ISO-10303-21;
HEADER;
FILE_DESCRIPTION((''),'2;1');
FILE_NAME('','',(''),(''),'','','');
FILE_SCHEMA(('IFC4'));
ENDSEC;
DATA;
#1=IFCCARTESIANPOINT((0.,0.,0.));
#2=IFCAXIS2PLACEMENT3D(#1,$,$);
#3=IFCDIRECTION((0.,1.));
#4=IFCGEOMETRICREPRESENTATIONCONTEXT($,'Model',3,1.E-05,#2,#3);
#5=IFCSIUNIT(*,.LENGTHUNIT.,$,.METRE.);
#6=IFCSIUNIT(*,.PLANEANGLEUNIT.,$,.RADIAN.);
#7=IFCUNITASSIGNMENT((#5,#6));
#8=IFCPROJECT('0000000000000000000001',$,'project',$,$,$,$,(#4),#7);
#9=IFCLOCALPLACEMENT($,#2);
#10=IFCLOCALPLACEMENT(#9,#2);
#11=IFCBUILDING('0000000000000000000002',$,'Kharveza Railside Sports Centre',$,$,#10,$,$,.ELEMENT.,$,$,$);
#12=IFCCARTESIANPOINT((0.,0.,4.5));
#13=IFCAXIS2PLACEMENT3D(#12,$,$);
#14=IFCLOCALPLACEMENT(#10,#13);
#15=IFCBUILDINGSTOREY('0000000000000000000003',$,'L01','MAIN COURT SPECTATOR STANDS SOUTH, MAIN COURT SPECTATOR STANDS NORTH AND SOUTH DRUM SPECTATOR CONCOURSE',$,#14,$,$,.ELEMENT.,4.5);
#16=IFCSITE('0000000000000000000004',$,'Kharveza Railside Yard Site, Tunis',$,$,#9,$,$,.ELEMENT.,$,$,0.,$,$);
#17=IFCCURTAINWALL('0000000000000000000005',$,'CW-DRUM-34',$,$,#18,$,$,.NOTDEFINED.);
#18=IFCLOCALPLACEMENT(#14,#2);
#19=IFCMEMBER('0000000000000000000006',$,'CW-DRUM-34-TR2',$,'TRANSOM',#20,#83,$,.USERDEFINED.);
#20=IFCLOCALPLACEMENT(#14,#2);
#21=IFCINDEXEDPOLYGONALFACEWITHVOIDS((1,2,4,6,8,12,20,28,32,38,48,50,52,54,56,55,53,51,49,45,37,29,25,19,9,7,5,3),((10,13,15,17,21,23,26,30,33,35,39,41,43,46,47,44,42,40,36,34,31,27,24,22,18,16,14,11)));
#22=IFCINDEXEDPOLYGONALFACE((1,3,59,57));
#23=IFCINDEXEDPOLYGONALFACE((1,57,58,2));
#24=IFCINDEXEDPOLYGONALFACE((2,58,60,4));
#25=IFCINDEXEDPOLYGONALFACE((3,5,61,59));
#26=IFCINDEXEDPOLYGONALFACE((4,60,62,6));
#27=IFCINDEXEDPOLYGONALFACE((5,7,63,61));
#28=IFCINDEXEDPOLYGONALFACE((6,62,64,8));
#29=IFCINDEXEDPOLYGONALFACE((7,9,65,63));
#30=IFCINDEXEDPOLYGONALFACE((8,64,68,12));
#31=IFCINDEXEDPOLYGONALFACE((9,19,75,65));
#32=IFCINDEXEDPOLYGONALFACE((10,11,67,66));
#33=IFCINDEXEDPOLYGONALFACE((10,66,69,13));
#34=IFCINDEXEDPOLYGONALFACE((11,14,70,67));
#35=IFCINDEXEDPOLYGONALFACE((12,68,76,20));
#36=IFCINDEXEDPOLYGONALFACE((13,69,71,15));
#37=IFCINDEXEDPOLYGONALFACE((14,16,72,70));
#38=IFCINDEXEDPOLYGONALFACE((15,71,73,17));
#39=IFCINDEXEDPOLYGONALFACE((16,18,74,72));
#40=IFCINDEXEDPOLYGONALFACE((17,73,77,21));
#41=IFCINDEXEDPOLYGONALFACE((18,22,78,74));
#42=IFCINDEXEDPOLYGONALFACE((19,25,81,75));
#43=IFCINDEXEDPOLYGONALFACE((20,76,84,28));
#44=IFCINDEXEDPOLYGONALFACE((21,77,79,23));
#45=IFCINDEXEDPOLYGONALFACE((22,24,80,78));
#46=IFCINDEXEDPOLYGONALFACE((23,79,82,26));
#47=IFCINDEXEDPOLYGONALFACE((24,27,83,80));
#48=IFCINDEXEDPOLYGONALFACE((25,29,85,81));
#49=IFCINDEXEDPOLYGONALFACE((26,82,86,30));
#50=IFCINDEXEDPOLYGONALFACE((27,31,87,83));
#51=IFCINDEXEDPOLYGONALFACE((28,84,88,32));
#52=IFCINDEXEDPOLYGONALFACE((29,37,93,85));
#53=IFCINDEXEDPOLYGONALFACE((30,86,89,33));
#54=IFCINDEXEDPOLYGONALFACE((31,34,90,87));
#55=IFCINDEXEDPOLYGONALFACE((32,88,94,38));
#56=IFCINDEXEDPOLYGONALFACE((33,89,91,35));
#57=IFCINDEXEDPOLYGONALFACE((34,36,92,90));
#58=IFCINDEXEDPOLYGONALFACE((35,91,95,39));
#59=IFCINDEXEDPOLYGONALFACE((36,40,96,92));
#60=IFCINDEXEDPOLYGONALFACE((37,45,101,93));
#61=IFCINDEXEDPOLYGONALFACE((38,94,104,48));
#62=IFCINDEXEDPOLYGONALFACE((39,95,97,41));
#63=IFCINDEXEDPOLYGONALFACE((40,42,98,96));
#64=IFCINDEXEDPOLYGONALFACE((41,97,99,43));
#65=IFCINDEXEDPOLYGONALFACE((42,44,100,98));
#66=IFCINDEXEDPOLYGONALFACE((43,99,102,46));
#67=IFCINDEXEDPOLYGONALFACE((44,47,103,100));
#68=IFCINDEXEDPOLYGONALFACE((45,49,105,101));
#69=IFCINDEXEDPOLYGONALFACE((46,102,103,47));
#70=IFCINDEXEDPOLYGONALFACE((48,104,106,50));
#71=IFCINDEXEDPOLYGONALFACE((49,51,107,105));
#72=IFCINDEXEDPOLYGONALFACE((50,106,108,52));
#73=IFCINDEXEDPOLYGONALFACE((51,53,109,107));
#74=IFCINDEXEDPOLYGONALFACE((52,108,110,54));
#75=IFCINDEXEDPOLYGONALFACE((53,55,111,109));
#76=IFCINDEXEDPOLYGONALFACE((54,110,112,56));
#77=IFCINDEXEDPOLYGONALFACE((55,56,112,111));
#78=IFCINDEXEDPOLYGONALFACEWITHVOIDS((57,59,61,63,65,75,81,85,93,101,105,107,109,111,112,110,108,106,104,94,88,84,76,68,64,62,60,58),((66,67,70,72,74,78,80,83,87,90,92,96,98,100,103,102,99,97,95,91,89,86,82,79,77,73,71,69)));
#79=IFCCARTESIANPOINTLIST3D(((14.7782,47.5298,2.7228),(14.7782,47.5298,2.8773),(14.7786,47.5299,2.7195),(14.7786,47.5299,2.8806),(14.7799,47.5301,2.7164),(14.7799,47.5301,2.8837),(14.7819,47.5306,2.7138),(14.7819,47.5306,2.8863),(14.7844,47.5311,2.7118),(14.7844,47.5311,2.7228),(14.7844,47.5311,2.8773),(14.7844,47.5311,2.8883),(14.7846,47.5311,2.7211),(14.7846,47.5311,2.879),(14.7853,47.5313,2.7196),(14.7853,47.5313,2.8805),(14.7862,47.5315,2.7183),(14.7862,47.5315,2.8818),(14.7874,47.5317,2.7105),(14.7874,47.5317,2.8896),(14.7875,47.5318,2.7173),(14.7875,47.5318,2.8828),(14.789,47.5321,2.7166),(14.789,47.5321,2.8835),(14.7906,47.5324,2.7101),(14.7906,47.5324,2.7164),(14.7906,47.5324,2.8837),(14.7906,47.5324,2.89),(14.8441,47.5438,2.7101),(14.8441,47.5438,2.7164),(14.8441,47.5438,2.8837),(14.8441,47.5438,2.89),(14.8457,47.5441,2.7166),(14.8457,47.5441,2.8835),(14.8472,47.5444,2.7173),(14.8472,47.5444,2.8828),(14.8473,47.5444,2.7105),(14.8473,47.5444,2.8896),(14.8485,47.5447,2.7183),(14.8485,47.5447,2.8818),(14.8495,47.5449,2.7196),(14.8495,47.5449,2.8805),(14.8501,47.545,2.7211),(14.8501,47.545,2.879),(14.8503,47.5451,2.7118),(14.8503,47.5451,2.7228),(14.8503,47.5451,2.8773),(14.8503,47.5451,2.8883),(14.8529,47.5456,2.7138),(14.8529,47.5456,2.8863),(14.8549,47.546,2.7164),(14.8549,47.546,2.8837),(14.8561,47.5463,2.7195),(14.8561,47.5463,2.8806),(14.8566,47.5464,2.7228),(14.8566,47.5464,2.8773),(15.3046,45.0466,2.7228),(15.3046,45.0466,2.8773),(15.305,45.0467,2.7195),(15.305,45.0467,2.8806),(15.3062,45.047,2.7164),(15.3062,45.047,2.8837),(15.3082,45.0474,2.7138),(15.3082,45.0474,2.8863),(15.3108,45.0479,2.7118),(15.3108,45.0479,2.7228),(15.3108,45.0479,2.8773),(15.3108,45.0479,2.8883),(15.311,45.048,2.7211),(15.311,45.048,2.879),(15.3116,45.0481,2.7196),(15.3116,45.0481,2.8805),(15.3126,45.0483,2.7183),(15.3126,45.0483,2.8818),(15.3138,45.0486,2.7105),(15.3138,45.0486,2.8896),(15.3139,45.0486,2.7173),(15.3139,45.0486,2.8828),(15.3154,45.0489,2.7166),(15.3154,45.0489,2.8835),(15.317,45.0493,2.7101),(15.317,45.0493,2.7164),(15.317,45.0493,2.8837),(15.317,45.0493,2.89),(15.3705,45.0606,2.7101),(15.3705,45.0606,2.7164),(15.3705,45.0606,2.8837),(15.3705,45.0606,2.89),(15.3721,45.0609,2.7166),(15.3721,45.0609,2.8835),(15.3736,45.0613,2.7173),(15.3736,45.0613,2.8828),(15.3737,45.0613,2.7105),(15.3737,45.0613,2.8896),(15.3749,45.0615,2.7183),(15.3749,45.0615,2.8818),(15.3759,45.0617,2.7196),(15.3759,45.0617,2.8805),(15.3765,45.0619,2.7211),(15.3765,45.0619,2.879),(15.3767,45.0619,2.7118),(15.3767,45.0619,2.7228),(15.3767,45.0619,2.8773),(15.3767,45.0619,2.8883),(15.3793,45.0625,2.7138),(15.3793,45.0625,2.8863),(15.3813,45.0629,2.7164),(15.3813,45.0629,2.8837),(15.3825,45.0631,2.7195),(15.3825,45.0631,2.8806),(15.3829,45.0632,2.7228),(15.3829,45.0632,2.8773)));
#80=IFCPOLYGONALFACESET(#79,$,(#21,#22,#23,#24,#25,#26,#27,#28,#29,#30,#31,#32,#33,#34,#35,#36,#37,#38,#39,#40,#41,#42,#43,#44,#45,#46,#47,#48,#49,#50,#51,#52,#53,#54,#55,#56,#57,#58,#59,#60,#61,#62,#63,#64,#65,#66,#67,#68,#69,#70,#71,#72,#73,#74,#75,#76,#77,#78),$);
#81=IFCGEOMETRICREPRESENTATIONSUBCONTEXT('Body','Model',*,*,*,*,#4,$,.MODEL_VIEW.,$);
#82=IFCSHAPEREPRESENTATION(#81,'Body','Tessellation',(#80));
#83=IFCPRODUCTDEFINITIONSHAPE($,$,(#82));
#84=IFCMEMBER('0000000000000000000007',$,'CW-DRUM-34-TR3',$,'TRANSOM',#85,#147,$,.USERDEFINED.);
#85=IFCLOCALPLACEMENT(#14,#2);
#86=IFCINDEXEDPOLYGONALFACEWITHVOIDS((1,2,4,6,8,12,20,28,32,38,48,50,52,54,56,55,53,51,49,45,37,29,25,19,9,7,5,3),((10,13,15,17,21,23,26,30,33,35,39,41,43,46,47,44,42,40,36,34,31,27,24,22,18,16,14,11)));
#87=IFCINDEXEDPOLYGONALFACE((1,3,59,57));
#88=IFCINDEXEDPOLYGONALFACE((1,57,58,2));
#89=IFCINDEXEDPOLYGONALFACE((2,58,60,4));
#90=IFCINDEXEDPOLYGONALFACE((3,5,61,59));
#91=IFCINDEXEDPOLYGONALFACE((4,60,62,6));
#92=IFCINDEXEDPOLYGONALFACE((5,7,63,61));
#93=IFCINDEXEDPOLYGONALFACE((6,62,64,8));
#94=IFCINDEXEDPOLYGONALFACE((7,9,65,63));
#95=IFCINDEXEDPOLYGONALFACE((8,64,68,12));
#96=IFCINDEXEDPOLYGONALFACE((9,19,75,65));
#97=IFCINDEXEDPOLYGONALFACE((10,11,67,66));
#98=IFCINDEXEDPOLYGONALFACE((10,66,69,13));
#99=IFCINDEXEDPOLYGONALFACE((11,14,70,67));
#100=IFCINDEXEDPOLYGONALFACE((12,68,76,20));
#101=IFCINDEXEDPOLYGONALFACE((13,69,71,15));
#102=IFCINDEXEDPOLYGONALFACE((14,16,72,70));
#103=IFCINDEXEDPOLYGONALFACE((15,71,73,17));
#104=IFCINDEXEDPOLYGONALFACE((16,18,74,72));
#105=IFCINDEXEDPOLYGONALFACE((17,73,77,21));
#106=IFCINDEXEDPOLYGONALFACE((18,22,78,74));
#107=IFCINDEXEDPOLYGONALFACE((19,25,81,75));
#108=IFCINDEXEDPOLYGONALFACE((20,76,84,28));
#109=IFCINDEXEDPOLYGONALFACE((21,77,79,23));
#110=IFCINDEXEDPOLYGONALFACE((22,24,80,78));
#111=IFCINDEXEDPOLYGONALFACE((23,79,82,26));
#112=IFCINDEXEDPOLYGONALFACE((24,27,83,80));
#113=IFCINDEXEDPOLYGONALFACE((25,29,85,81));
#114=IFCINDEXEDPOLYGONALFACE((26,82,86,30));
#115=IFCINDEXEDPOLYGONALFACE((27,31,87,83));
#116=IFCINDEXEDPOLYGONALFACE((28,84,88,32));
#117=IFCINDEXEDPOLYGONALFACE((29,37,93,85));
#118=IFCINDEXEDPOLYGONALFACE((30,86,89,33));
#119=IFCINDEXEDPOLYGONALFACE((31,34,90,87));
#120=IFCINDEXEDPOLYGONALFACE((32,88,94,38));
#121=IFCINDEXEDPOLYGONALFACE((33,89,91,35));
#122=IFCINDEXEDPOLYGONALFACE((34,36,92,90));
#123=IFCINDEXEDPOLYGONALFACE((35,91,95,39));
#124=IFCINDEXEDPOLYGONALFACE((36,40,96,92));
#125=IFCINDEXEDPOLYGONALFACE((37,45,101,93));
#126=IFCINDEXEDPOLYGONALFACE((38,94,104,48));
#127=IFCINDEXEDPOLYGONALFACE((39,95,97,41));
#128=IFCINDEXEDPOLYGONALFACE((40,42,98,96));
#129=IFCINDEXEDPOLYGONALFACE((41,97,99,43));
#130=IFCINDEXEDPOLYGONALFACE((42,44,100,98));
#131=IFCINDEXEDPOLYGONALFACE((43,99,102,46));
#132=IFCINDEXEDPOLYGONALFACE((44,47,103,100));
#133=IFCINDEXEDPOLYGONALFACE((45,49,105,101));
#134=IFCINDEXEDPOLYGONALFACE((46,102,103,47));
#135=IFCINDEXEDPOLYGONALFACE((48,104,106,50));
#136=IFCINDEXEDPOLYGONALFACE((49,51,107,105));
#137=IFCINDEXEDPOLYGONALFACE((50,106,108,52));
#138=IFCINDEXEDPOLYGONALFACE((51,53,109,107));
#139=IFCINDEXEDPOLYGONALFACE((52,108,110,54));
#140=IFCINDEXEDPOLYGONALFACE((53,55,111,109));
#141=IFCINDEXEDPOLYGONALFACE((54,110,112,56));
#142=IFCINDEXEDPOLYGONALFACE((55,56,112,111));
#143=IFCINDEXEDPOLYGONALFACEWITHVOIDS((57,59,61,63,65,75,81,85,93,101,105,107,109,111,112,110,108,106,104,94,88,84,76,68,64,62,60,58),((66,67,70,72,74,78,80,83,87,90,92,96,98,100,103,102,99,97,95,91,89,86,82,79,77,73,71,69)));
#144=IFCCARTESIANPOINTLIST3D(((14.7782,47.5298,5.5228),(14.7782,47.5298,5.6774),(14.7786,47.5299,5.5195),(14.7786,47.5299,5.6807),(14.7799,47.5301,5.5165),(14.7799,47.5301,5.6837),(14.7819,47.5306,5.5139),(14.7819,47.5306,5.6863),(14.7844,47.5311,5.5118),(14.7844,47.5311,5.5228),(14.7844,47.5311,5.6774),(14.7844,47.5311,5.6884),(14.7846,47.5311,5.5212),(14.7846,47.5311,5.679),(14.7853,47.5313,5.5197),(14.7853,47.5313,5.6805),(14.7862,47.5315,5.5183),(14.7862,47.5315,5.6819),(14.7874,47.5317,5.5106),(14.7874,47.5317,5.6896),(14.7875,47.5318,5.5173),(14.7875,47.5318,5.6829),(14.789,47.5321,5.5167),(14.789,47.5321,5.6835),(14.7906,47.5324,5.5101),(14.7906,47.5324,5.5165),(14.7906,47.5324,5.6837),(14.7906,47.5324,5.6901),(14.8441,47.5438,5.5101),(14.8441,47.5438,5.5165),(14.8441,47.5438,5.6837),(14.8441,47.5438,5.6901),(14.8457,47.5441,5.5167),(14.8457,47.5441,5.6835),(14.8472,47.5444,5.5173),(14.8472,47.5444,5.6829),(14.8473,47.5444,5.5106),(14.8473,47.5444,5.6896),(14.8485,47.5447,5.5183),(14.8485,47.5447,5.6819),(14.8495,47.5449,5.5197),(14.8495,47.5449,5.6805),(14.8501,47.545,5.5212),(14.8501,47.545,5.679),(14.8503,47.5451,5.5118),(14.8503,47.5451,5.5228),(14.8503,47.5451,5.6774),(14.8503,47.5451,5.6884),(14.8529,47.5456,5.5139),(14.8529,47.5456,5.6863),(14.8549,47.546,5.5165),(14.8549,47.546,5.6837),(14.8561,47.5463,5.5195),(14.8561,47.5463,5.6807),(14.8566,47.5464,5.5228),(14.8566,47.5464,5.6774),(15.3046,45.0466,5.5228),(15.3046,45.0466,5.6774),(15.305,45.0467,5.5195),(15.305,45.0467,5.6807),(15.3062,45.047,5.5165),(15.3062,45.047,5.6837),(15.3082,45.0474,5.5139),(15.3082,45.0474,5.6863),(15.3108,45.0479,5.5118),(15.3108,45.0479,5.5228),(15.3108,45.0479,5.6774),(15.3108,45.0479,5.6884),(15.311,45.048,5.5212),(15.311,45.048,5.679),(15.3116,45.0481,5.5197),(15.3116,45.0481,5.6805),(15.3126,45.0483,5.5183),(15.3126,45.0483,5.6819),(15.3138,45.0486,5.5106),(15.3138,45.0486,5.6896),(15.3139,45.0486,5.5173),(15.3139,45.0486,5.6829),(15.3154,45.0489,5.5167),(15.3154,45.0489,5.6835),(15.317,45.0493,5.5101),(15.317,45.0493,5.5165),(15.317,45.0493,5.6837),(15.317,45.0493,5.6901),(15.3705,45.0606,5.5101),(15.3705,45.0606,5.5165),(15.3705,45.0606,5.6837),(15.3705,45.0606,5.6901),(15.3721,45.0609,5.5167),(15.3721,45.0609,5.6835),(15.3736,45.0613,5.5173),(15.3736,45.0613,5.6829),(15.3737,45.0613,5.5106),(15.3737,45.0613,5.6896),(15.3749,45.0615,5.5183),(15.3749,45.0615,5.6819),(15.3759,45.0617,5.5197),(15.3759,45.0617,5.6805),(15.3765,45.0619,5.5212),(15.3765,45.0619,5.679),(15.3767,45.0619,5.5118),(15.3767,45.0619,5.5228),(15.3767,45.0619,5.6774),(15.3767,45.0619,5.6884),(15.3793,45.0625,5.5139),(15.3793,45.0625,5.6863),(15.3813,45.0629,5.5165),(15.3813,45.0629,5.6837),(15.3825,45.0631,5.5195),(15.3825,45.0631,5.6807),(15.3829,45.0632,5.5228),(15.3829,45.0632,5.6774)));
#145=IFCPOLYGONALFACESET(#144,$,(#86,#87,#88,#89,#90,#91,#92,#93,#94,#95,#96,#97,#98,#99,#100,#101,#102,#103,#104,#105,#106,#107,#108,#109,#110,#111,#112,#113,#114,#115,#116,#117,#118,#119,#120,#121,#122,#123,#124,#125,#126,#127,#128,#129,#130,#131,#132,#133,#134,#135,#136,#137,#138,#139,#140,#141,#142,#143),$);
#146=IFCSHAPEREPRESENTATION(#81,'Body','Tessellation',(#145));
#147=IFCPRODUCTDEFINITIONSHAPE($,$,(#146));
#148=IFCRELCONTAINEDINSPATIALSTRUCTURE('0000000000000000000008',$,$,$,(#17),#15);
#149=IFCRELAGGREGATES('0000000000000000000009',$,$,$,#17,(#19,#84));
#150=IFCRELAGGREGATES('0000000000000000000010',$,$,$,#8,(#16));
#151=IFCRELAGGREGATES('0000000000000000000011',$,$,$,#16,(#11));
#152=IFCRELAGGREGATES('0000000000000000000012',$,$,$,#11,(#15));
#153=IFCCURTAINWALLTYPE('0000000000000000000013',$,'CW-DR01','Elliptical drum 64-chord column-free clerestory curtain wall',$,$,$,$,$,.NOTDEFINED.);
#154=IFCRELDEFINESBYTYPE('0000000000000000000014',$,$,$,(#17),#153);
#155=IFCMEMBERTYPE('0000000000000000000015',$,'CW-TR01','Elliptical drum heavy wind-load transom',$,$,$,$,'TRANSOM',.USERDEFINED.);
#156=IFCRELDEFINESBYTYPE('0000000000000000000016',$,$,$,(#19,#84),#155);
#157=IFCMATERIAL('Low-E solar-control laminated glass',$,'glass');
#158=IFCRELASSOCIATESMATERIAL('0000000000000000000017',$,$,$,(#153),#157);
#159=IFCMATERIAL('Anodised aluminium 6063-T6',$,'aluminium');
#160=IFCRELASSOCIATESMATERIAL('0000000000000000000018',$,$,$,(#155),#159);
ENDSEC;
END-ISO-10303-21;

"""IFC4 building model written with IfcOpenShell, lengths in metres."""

from ifc_helpers import new_model, si_unit, direction, frame, origin, origin_2d, place, context, subcontext, project, spatial, hollow_rectangle, extrude, material, material_profile, profile_set, type_object, element, aggregate, save


model = new_model("IFC4")

# Units and contexts
model_context = context("Model", 3, precision=1e-05, world=origin(), true_north=direction((0.0, 1.0)))
body_context = subcontext(model_context, "Body", "Model", "MODEL_VIEW")
ifc_project = project(units=[si_unit("LENGTHUNIT", "METRE"), si_unit("PLANEANGLEUNIT", "RADIAN")], contexts=[model_context])

# Site, building, storey
site_placement = place(None, origin())
site = spatial("IfcSite", under=ifc_project, at=site_placement, Name="Kharveza Railside Yard Site, Tunis", CompositionType="ELEMENT", RefElevation=0.0)
building_placement = place(site_placement, origin())
building = spatial("IfcBuilding", under=site, at=building_placement, Name="Kharveza Railside Sports Centre", CompositionType="ELEMENT")
storey_placement = place(building_placement, frame((0.0, 0.0, 4.5)))
storey = spatial("IfcBuildingStorey", under=building, at=storey_placement, Name="L01", Description="MAIN COURT SPECTATOR STANDS SOUTH, MAIN COURT SPECTATOR STANDS NORTH AND SOUTH DRUM SPECTATOR CONCOURSE", CompositionType="ELEMENT", Elevation=4.5)

# Curtain wall
ifc_material_1 = material(Name="Low-E solar-control laminated glass", Category="glass")
curtain_wall_type = type_object("IfcCurtainWallType", Name="CW-DR01", Description="Elliptical drum 64-chord column-free clerestory curtain wall", PredefinedType="NOTDEFINED", material=ifc_material_1)
ifc_material_2 = material(Name="Anodised aluminium 6063-T6", Category="aluminium")
curtain_wall_1_placement = place(storey_placement, origin())
curtain_wall_1 = element("IfcCurtainWall", 1, at=curtain_wall_1_placement, inside=storey, type_object=curtain_wall_type, Name="CW-DRUM-34", PredefinedType="NOTDEFINED")

# Members
ifc_material_profile_1 = material_profile(ifc_material_2, hollow_rectangle(XDim=0.0801, YDim=0.1799, WallThickness=0.0063, InnerFilletRadius=0.0063, OuterFilletRadius=0.0127, at=origin_2d()), Name="RHS 80x180x6.3")
ifc_profile_set_1 = profile_set([ifc_material_profile_1], Name="Anodised aluminium 6063-T6")
member_type_1 = type_object("IfcMemberType", Name="CW-TR01", Description="Elliptical drum heavy wind-load transom", ElementType="TRANSOM", PredefinedType="USERDEFINED", material=ifc_profile_set_1)
member_1_placement = place(storey_placement, frame((14.8174, 47.5381, 2.8), z_axis=(0.207368, -0.978263, 0.0), x_axis=(0.978263, 0.207368, 0.0)))
member_1 = element("IfcMember", 2, at=member_1_placement, type_object=member_type_1, Name="CW-DRUM-34-TR2", ObjectType="TRANSOM", PredefinedType="USERDEFINED", context=body_context, shape_type="SweptSolid", body=[
    extrude(hollow_rectangle(XDim=0.0801, YDim=0.1799, WallThickness=0.0063, InnerFilletRadius=0.0063, OuterFilletRadius=0.0127, at=origin_2d()), origin(), (0.0, 0.0, 1.0), 2.5383),
])
member_2_placement = place(storey_placement, frame((14.8174, 47.5381, 5.6001), z_axis=(0.207368, -0.978263, 0.0), x_axis=(0.978263, 0.207368, 0.0)))
member_2 = element("IfcMember", 3, at=member_2_placement, type_object=member_type_1, Name="CW-DRUM-34-TR3", ObjectType="TRANSOM", PredefinedType="USERDEFINED", context=body_context, shape_type="SweptSolid", body=[
    extrude(hollow_rectangle(XDim=0.0801, YDim=0.1799, WallThickness=0.0063, InnerFilletRadius=0.0063, OuterFilletRadius=0.0127, at=origin_2d()), origin(), (0.0, 0.0, 1.0), 2.5383),
])

aggregate(curtain_wall_1, [member_1, member_2])

save(model, "model.ifc")
